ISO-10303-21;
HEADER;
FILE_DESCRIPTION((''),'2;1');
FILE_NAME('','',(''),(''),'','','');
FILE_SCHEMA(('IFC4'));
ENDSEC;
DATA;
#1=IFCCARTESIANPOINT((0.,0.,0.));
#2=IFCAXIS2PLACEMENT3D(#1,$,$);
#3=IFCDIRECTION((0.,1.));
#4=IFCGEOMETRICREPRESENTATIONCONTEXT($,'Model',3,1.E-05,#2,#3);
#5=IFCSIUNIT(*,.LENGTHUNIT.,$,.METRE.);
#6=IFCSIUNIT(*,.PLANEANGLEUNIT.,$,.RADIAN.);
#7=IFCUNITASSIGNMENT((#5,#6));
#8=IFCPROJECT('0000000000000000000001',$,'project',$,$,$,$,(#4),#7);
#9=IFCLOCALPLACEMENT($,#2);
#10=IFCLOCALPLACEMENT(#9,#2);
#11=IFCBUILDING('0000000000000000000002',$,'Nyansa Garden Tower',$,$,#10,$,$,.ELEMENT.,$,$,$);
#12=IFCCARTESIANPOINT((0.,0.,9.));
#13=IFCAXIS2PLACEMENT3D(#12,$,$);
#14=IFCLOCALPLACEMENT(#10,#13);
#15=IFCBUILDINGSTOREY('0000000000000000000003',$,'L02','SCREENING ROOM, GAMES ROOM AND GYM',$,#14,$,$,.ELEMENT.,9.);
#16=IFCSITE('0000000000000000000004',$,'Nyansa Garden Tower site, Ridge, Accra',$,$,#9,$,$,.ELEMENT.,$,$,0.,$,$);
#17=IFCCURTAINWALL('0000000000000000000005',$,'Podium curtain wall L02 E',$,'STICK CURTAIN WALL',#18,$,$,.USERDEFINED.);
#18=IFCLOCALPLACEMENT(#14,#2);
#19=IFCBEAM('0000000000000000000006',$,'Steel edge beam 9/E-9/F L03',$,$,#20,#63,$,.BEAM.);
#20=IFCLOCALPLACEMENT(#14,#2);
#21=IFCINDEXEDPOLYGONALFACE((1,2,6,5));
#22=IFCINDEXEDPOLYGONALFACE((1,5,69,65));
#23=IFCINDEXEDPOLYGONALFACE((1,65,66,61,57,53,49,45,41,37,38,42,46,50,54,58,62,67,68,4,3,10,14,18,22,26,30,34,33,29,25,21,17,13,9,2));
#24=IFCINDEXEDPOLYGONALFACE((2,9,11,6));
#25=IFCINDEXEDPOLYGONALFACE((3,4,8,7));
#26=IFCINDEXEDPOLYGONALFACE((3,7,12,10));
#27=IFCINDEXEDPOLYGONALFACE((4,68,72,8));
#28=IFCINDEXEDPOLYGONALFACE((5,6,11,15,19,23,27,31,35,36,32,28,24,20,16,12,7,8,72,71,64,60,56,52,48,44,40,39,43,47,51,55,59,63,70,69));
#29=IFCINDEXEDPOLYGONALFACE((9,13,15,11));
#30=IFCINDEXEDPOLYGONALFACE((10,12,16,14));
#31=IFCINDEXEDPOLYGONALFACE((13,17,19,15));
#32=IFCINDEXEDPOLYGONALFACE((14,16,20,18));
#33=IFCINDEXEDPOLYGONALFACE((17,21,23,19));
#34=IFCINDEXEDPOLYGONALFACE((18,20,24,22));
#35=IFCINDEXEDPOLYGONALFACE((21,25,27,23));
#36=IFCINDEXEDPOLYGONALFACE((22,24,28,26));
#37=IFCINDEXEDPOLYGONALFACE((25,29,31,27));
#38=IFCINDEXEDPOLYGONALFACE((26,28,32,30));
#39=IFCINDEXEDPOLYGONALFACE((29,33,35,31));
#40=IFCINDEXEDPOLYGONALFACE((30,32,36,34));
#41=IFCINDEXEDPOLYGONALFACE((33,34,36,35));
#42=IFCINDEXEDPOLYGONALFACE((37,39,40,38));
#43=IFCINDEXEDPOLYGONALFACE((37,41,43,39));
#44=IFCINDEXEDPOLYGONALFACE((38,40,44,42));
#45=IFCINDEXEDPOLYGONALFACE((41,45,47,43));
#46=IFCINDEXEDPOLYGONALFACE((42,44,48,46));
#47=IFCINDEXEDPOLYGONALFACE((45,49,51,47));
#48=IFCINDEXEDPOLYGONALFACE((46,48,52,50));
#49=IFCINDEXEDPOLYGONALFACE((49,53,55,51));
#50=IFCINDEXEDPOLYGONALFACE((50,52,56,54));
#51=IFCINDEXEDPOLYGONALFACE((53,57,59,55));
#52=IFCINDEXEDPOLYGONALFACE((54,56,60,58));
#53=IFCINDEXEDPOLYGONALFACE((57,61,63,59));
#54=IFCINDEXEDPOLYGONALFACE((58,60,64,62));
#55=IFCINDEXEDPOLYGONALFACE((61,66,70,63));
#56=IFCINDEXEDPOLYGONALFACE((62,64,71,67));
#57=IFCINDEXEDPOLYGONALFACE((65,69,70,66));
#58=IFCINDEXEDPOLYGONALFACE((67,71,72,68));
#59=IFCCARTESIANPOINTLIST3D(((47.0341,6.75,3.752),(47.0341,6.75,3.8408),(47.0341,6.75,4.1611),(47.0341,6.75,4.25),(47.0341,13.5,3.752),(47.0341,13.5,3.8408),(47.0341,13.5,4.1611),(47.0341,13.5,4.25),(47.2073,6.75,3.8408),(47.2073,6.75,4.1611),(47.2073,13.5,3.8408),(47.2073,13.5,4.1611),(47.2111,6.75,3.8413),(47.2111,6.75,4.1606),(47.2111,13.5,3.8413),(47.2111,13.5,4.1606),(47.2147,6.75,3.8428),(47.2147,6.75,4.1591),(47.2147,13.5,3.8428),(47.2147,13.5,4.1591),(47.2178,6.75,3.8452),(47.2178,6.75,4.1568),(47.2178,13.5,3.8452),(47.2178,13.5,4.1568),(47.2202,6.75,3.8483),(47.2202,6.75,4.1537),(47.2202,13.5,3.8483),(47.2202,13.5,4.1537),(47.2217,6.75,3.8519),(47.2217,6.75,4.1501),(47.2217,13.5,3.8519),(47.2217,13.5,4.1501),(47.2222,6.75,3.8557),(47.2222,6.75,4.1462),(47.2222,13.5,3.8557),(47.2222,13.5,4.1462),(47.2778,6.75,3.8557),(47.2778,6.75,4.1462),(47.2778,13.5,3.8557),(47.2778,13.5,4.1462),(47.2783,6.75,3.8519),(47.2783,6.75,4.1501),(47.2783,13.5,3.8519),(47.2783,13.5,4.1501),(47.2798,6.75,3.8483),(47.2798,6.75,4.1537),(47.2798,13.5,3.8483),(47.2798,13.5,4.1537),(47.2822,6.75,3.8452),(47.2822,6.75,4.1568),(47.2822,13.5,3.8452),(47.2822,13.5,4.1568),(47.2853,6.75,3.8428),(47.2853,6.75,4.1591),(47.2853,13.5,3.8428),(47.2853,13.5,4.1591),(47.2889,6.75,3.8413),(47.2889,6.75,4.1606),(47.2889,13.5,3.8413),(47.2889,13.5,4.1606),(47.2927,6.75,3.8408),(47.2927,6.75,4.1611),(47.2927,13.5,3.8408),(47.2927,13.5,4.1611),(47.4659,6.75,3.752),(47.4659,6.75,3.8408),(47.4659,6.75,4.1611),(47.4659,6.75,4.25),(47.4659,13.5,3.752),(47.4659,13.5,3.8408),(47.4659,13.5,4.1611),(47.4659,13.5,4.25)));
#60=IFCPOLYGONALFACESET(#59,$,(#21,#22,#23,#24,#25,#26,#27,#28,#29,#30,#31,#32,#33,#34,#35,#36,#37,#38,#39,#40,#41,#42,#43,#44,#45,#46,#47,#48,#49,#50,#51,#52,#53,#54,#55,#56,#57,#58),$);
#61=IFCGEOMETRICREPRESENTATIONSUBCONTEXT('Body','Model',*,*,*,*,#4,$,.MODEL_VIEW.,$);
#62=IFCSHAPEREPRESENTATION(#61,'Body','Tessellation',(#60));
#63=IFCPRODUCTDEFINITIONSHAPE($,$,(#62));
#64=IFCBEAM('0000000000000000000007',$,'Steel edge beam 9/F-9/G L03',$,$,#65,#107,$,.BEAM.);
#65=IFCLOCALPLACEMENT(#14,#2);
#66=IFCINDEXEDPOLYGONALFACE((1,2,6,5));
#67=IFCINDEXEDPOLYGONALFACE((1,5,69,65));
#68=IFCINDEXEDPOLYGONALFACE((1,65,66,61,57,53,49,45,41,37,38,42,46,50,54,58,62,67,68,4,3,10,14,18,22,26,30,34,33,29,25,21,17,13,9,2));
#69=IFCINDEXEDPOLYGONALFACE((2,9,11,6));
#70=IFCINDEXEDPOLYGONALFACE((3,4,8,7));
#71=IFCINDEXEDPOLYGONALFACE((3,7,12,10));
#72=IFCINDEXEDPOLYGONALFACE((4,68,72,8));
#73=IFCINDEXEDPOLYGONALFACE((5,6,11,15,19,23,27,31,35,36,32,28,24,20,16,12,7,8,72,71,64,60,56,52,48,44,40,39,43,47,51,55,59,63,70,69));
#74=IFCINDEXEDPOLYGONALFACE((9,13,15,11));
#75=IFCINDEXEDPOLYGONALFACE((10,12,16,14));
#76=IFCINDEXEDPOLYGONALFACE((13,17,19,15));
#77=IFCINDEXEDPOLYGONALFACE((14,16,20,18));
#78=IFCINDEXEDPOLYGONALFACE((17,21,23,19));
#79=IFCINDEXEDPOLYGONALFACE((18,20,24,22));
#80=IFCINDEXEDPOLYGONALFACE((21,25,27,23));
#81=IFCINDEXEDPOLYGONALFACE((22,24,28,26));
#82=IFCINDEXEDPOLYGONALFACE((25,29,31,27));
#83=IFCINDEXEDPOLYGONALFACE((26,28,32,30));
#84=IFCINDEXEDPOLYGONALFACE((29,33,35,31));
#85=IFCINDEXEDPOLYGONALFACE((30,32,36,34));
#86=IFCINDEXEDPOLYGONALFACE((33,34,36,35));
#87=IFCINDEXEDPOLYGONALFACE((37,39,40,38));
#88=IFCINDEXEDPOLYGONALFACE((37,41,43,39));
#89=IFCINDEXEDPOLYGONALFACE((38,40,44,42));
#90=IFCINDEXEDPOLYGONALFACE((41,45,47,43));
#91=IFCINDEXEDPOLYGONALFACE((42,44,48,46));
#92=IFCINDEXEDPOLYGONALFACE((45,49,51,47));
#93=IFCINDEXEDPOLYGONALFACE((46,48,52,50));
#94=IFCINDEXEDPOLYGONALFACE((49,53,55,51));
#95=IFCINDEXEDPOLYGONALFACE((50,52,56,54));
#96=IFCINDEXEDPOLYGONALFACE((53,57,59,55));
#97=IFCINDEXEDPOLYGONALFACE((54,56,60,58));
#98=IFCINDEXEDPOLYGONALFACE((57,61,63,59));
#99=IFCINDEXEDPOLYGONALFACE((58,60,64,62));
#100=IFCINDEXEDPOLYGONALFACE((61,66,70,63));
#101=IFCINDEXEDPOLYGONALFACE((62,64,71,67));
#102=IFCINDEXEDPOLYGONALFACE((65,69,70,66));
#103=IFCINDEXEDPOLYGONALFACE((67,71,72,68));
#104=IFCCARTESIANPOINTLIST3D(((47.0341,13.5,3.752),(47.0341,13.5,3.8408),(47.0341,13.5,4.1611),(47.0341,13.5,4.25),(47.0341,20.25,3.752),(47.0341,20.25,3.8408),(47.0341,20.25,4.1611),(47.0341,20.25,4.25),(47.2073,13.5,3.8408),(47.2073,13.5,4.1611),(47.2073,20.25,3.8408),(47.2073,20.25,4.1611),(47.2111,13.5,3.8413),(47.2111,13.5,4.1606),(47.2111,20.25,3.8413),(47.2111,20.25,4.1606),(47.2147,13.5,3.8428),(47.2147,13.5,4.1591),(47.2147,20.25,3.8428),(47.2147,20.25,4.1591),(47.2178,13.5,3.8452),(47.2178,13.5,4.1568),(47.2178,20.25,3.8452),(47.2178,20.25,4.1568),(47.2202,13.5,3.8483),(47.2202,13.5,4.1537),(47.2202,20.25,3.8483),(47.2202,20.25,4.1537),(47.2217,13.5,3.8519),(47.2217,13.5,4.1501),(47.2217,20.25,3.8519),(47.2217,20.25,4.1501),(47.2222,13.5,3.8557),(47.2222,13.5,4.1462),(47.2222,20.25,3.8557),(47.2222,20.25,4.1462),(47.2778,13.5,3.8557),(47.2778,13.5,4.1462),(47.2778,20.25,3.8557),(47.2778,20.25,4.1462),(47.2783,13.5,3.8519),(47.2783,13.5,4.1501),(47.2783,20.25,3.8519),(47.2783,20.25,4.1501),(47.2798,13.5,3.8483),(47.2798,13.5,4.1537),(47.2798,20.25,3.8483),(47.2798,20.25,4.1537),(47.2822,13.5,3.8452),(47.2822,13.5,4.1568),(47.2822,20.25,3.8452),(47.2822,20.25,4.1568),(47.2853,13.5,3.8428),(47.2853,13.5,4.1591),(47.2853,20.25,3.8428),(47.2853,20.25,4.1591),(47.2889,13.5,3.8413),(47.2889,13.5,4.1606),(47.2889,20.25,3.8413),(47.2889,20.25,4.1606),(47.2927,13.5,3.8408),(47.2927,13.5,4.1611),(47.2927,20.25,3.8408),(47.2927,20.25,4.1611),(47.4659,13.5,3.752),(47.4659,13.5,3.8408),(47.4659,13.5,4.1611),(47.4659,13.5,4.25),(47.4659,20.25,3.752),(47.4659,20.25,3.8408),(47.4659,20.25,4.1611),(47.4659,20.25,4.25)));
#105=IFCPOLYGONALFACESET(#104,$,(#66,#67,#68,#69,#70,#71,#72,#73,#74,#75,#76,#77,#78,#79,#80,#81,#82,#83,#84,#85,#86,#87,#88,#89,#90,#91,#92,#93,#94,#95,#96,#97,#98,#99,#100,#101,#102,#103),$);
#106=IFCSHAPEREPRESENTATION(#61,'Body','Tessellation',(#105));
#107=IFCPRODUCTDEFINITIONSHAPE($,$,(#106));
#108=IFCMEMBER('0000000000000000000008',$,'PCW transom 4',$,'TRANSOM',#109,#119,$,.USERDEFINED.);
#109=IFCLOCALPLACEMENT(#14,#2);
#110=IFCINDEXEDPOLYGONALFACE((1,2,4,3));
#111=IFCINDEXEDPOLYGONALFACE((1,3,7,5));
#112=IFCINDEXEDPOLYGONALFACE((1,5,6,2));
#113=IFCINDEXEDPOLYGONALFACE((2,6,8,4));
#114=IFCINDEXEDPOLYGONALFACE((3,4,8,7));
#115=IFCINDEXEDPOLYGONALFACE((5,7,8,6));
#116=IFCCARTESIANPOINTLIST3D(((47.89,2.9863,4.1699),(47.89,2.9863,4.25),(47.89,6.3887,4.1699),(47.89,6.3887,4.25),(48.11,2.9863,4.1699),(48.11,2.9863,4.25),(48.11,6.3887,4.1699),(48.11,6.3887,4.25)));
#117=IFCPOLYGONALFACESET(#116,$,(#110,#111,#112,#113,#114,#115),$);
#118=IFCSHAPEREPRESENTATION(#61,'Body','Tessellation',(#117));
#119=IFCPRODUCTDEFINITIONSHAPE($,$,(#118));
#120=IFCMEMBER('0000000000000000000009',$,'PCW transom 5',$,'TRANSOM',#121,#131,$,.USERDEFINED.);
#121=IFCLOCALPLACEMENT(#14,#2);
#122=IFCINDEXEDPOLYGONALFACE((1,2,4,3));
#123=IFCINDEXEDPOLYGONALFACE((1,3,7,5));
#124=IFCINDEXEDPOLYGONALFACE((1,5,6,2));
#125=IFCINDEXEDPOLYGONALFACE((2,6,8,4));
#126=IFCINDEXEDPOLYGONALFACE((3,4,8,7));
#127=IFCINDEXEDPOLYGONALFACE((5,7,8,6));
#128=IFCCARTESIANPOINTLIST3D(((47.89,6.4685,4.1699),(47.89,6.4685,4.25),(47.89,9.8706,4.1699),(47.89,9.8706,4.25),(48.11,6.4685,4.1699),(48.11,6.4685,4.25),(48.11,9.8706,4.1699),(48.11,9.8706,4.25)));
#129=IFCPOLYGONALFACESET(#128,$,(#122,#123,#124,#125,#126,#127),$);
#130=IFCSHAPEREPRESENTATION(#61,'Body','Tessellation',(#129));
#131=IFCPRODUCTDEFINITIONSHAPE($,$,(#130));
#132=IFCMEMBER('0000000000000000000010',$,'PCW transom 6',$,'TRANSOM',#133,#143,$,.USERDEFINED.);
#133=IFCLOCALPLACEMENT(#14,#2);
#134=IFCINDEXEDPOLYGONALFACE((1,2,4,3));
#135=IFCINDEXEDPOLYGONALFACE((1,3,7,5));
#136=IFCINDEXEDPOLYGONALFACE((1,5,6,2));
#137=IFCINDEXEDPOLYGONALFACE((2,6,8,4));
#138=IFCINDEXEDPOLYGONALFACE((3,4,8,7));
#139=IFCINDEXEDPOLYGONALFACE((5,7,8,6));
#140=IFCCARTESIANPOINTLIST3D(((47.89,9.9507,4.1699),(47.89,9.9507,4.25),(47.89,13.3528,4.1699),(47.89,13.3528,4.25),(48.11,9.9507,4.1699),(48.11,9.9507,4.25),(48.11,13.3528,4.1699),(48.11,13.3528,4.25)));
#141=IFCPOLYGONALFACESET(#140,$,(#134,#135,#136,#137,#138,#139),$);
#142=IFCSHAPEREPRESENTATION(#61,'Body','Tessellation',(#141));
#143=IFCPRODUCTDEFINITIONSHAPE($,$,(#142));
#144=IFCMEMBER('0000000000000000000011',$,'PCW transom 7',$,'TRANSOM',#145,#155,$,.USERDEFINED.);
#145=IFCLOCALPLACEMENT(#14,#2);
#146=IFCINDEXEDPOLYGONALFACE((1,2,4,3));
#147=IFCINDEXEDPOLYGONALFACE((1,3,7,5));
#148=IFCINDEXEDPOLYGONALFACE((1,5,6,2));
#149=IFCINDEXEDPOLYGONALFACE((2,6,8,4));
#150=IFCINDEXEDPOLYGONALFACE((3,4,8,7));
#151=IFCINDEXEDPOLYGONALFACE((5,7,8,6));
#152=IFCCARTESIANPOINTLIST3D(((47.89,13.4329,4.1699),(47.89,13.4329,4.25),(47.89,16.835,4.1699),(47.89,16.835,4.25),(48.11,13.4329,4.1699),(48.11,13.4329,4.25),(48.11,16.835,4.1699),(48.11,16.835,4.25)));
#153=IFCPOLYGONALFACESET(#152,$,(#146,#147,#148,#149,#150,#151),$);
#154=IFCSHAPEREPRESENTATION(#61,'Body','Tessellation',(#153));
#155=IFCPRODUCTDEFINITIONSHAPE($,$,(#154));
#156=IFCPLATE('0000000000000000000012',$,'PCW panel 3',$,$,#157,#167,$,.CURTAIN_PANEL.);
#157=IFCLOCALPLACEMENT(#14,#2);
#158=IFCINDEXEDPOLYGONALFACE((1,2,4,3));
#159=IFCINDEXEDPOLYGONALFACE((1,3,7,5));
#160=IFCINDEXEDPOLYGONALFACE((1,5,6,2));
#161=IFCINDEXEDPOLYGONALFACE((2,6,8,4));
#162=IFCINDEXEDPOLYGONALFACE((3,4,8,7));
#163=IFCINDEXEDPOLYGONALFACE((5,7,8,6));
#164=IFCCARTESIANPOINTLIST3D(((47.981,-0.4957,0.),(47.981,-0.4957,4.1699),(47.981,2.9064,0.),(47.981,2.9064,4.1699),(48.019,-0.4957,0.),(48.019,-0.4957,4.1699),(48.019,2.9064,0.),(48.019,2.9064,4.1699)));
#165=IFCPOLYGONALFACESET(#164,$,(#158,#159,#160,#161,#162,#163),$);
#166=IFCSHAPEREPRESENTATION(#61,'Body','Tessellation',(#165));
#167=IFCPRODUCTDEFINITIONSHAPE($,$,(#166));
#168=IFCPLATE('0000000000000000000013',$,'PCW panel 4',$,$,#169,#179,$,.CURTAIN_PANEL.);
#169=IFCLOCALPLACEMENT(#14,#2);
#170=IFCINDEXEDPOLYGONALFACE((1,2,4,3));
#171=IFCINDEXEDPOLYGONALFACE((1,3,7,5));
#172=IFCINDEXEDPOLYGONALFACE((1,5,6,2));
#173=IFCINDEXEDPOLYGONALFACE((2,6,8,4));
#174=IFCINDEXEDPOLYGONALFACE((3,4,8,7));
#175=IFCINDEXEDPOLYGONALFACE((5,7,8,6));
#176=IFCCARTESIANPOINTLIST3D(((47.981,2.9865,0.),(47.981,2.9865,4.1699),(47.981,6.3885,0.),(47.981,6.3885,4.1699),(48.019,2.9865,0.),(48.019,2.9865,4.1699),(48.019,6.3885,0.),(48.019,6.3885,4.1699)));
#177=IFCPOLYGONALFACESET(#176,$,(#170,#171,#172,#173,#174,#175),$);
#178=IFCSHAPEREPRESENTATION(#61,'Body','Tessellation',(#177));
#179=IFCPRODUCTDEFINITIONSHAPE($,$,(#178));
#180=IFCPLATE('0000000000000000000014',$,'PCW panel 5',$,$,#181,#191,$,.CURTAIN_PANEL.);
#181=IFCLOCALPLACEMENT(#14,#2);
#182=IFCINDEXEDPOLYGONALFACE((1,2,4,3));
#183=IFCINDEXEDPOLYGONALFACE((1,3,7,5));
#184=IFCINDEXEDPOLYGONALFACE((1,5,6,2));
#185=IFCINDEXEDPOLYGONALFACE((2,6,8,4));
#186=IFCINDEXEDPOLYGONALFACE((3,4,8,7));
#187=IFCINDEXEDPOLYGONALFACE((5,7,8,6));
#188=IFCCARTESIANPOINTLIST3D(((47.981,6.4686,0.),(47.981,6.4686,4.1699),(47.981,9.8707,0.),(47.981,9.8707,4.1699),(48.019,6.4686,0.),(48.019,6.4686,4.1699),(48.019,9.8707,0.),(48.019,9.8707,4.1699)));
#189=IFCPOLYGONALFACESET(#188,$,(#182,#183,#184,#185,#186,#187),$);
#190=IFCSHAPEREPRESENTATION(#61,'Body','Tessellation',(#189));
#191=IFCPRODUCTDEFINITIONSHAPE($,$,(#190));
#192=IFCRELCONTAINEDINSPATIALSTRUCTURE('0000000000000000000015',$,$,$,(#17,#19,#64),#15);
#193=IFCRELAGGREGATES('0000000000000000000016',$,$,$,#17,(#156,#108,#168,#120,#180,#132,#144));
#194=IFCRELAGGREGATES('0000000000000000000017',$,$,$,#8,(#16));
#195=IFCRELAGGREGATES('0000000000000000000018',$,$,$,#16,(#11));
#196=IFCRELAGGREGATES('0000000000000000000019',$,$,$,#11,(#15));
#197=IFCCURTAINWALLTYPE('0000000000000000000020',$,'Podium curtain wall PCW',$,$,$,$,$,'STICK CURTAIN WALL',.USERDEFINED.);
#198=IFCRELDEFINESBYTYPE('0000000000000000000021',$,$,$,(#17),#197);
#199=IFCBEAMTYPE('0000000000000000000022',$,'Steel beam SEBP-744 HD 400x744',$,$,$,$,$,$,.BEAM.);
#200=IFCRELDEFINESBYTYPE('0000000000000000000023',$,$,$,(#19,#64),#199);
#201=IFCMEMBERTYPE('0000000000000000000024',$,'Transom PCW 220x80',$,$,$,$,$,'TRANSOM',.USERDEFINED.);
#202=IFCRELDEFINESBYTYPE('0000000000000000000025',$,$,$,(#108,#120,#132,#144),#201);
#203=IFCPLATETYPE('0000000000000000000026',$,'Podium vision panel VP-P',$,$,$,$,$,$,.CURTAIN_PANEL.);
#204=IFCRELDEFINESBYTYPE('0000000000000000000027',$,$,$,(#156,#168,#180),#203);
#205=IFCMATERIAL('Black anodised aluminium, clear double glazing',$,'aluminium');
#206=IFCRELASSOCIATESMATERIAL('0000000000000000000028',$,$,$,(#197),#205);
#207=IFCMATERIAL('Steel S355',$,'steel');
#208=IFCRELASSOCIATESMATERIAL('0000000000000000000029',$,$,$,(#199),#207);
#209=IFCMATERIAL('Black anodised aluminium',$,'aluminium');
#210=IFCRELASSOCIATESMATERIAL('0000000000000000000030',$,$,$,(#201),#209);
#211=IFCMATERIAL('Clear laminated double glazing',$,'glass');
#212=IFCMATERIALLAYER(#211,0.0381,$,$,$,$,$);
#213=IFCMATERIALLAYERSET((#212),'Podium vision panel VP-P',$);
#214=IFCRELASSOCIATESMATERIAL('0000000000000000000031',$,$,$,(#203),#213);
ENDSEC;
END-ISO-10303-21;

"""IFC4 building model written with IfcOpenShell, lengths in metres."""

from ifc_helpers import new_model, si_unit, direction, frame, origin, origin_2d, place, context, subcontext, project, spatial, rectangle, i_section, extrude, material, layer, layer_set, material_profile, profile_set, type_object, element, aggregate, save


model = new_model("IFC4")

# Units and contexts
model_context = context("Model", 3, precision=1e-05, world=origin(), true_north=direction((0.0, 1.0)))
body_context = subcontext(model_context, "Body", "Model", "MODEL_VIEW")
ifc_project = project(units=[si_unit("LENGTHUNIT", "METRE"), si_unit("PLANEANGLEUNIT", "RADIAN")], contexts=[model_context])

# Site, building, storey
site_placement = place(None, origin())
site = spatial("IfcSite", under=ifc_project, at=site_placement, Name="Nyansa Garden Tower site, Ridge, Accra", CompositionType="ELEMENT", RefElevation=0.0)
building_placement = place(site_placement, origin())
building = spatial("IfcBuilding", under=site, at=building_placement, Name="Nyansa Garden Tower", CompositionType="ELEMENT")
storey_placement = place(building_placement, frame((0.0, 0.0, 9.0)))
storey = spatial("IfcBuildingStorey", under=building, at=storey_placement, Name="L02", Description="SCREENING ROOM, GAMES ROOM AND GYM", CompositionType="ELEMENT", Elevation=9.0)

# Curtain wall
ifc_material_1 = material(Name="Black anodised aluminium, clear double glazing", Category="aluminium")
curtain_wall_type = type_object("IfcCurtainWallType", Name="Podium curtain wall PCW", ElementType="STICK CURTAIN WALL", PredefinedType="USERDEFINED", material=ifc_material_1)
curtain_wall_placement = place(storey_placement, origin())
curtain_wall = element("IfcCurtainWall", 1, at=curtain_wall_placement, inside=storey, type_object=curtain_wall_type, Name="Podium curtain wall L02 E", ObjectType="STICK CURTAIN WALL", PredefinedType="USERDEFINED")

# Beams
ifc_material_2 = material(Name="Steel S355", Category="steel")
ifc_material_profile_1 = material_profile(ifc_material_2, i_section(OverallWidth=0.4319, OverallDepth=0.498, WebThickness=0.0557, FlangeThickness=0.0889, FilletRadius=0.0149, at=origin_2d()), Name="HD 400x744")
ifc_profile_set_1 = profile_set([ifc_material_profile_1], Name="Steel S355")
beam_type_1 = type_object("IfcBeamType", Name="Steel beam SEBP-744 HD 400x744", PredefinedType="BEAM", material=ifc_profile_set_1)
for number, where, z_axis, x_axis, name in (
    (2, (47.25, 6.75, 4.001), (0.0, 1.0, 0.0), (-1.0, 0.0, 0.0), "Steel edge beam 9/E-9/F L03"),
    (3, (47.25, 13.5, 4.001), (0.0, 1.0, 0.0), (-1.0, 0.0, 0.0), "Steel edge beam 9/F-9/G L03"),
):
    element("IfcBeam", number, at=place(storey_placement, frame(where, z_axis=z_axis, x_axis=x_axis)), inside=storey, type_object=beam_type_1, Name=name, PredefinedType="BEAM", context=body_context, shape_type="SweptSolid", body=[
        extrude(i_section(OverallWidth=0.4319, OverallDepth=0.498, WebThickness=0.0557, FlangeThickness=0.0889, FilletRadius=0.0149, at=origin_2d()), origin(), (0.0, 0.0, 1.0), 6.75),
    ])

# Members
ifc_material_3 = material(Name="Black anodised aluminium", Category="aluminium")
ifc_material_profile_2 = material_profile(ifc_material_3, rectangle(XDim=0.22, YDim=0.0801, at=origin_2d()), Name="Transom 220x80")
ifc_profile_set_2 = profile_set([ifc_material_profile_2], Name="Black anodised aluminium")
member_type_1 = type_object("IfcMemberType", Name="Transom PCW 220x80", ElementType="TRANSOM", PredefinedType="USERDEFINED", material=ifc_profile_set_2)
member_1_placement = place(storey_placement, frame((48.0, 2.9863, 4.21), z_axis=(0.0, 1.0, 0.0), x_axis=(-1.0, 0.0, 0.0)))
member_1 = element("IfcMember", 4, at=member_1_placement, type_object=member_type_1, Name="PCW transom 4", ObjectType="TRANSOM", PredefinedType="USERDEFINED", context=body_context, shape_type="SweptSolid", body=[
    extrude(rectangle(XDim=0.22, YDim=0.0801, at=origin_2d()), origin(), (0.0, 0.0, 1.0), 3.4023),
])
member_2_placement = place(storey_placement, frame((48.0, 6.4685, 4.21), z_axis=(0.0, 1.0, 0.0), x_axis=(-1.0, 0.0, 0.0)))
member_2 = element("IfcMember", 5, at=member_2_placement, type_object=member_type_1, Name="PCW transom 5", ObjectType="TRANSOM", PredefinedType="USERDEFINED", context=body_context, shape_type="SweptSolid", body=[
    extrude(rectangle(XDim=0.22, YDim=0.0801, at=origin_2d()), origin(), (0.0, 0.0, 1.0), 3.4021),
])
member_3_placement = place(storey_placement, frame((48.0, 9.9507, 4.21), z_axis=(0.0, 1.0, 0.0), x_axis=(-1.0, 0.0, 0.0)))
member_3 = element("IfcMember", 6, at=member_3_placement, type_object=member_type_1, Name="PCW transom 6", ObjectType="TRANSOM", PredefinedType="USERDEFINED", context=body_context, shape_type="SweptSolid", body=[
    extrude(rectangle(XDim=0.22, YDim=0.0801, at=origin_2d()), origin(), (0.0, 0.0, 1.0), 3.4021),
])
member_4_placement = place(storey_placement, frame((48.0, 13.4329, 4.21), z_axis=(0.0, 1.0, 0.0), x_axis=(-1.0, 0.0, 0.0)))
member_4 = element("IfcMember", 7, at=member_4_placement, type_object=member_type_1, Name="PCW transom 7", ObjectType="TRANSOM", PredefinedType="USERDEFINED", context=body_context, shape_type="SweptSolid", body=[
    extrude(rectangle(XDim=0.22, YDim=0.0801, at=origin_2d()), origin(), (0.0, 0.0, 1.0), 3.4021),
])

# Plates
ifc_material_4 = material(Name="Clear laminated double glazing", Category="glass")
ifc_layer_1 = layer(ifc_material_4, 0.0381)
ifc_layer_set_1 = layer_set([ifc_layer_1], Name="Podium vision panel VP-P")
plate_type = type_object("IfcPlateType", Name="Podium vision panel VP-P", PredefinedType="CURTAIN_PANEL", material=ifc_layer_set_1)
plate_1_placement = place(storey_placement, frame((48.0, 1.2053, 0.0), z_axis=(0.0, 0.0, 1.0), x_axis=(0.0, 1.0, 0.0)))
plate_1 = element("IfcPlate", 8, at=plate_1_placement, type_object=plate_type, Name="PCW panel 3", PredefinedType="CURTAIN_PANEL", context=body_context, shape_type="SweptSolid", body=[
    extrude(rectangle(XDim=3.4021, YDim=0.0381, at=origin_2d()), origin(), (0.0, 0.0, 1.0), 4.1699),
])
plate_2_placement = place(storey_placement, frame((48.0, 4.6875, 0.0), z_axis=(0.0, 0.0, 1.0), x_axis=(0.0, 1.0, 0.0)))
plate_2 = element("IfcPlate", 9, at=plate_2_placement, type_object=plate_type, Name="PCW panel 4", PredefinedType="CURTAIN_PANEL", context=body_context, shape_type="SweptSolid", body=[
    extrude(rectangle(XDim=3.4021, YDim=0.0381, at=origin_2d()), origin(), (0.0, 0.0, 1.0), 4.1699),
])
plate_3_placement = place(storey_placement, frame((48.0, 8.1697, 0.0), z_axis=(0.0, 0.0, 1.0), x_axis=(0.0, 1.0, 0.0)))
plate_3 = element("IfcPlate", 10, at=plate_3_placement, type_object=plate_type, Name="PCW panel 5", PredefinedType="CURTAIN_PANEL", context=body_context, shape_type="SweptSolid", body=[
    extrude(rectangle(XDim=3.4021, YDim=0.0381, at=origin_2d()), origin(), (0.0, 0.0, 1.0), 4.1699),
])
aggregate(curtain_wall, [plate_1, member_1, plate_2, member_2, plate_3, member_3, member_4])

save(model, "model.ifc")
